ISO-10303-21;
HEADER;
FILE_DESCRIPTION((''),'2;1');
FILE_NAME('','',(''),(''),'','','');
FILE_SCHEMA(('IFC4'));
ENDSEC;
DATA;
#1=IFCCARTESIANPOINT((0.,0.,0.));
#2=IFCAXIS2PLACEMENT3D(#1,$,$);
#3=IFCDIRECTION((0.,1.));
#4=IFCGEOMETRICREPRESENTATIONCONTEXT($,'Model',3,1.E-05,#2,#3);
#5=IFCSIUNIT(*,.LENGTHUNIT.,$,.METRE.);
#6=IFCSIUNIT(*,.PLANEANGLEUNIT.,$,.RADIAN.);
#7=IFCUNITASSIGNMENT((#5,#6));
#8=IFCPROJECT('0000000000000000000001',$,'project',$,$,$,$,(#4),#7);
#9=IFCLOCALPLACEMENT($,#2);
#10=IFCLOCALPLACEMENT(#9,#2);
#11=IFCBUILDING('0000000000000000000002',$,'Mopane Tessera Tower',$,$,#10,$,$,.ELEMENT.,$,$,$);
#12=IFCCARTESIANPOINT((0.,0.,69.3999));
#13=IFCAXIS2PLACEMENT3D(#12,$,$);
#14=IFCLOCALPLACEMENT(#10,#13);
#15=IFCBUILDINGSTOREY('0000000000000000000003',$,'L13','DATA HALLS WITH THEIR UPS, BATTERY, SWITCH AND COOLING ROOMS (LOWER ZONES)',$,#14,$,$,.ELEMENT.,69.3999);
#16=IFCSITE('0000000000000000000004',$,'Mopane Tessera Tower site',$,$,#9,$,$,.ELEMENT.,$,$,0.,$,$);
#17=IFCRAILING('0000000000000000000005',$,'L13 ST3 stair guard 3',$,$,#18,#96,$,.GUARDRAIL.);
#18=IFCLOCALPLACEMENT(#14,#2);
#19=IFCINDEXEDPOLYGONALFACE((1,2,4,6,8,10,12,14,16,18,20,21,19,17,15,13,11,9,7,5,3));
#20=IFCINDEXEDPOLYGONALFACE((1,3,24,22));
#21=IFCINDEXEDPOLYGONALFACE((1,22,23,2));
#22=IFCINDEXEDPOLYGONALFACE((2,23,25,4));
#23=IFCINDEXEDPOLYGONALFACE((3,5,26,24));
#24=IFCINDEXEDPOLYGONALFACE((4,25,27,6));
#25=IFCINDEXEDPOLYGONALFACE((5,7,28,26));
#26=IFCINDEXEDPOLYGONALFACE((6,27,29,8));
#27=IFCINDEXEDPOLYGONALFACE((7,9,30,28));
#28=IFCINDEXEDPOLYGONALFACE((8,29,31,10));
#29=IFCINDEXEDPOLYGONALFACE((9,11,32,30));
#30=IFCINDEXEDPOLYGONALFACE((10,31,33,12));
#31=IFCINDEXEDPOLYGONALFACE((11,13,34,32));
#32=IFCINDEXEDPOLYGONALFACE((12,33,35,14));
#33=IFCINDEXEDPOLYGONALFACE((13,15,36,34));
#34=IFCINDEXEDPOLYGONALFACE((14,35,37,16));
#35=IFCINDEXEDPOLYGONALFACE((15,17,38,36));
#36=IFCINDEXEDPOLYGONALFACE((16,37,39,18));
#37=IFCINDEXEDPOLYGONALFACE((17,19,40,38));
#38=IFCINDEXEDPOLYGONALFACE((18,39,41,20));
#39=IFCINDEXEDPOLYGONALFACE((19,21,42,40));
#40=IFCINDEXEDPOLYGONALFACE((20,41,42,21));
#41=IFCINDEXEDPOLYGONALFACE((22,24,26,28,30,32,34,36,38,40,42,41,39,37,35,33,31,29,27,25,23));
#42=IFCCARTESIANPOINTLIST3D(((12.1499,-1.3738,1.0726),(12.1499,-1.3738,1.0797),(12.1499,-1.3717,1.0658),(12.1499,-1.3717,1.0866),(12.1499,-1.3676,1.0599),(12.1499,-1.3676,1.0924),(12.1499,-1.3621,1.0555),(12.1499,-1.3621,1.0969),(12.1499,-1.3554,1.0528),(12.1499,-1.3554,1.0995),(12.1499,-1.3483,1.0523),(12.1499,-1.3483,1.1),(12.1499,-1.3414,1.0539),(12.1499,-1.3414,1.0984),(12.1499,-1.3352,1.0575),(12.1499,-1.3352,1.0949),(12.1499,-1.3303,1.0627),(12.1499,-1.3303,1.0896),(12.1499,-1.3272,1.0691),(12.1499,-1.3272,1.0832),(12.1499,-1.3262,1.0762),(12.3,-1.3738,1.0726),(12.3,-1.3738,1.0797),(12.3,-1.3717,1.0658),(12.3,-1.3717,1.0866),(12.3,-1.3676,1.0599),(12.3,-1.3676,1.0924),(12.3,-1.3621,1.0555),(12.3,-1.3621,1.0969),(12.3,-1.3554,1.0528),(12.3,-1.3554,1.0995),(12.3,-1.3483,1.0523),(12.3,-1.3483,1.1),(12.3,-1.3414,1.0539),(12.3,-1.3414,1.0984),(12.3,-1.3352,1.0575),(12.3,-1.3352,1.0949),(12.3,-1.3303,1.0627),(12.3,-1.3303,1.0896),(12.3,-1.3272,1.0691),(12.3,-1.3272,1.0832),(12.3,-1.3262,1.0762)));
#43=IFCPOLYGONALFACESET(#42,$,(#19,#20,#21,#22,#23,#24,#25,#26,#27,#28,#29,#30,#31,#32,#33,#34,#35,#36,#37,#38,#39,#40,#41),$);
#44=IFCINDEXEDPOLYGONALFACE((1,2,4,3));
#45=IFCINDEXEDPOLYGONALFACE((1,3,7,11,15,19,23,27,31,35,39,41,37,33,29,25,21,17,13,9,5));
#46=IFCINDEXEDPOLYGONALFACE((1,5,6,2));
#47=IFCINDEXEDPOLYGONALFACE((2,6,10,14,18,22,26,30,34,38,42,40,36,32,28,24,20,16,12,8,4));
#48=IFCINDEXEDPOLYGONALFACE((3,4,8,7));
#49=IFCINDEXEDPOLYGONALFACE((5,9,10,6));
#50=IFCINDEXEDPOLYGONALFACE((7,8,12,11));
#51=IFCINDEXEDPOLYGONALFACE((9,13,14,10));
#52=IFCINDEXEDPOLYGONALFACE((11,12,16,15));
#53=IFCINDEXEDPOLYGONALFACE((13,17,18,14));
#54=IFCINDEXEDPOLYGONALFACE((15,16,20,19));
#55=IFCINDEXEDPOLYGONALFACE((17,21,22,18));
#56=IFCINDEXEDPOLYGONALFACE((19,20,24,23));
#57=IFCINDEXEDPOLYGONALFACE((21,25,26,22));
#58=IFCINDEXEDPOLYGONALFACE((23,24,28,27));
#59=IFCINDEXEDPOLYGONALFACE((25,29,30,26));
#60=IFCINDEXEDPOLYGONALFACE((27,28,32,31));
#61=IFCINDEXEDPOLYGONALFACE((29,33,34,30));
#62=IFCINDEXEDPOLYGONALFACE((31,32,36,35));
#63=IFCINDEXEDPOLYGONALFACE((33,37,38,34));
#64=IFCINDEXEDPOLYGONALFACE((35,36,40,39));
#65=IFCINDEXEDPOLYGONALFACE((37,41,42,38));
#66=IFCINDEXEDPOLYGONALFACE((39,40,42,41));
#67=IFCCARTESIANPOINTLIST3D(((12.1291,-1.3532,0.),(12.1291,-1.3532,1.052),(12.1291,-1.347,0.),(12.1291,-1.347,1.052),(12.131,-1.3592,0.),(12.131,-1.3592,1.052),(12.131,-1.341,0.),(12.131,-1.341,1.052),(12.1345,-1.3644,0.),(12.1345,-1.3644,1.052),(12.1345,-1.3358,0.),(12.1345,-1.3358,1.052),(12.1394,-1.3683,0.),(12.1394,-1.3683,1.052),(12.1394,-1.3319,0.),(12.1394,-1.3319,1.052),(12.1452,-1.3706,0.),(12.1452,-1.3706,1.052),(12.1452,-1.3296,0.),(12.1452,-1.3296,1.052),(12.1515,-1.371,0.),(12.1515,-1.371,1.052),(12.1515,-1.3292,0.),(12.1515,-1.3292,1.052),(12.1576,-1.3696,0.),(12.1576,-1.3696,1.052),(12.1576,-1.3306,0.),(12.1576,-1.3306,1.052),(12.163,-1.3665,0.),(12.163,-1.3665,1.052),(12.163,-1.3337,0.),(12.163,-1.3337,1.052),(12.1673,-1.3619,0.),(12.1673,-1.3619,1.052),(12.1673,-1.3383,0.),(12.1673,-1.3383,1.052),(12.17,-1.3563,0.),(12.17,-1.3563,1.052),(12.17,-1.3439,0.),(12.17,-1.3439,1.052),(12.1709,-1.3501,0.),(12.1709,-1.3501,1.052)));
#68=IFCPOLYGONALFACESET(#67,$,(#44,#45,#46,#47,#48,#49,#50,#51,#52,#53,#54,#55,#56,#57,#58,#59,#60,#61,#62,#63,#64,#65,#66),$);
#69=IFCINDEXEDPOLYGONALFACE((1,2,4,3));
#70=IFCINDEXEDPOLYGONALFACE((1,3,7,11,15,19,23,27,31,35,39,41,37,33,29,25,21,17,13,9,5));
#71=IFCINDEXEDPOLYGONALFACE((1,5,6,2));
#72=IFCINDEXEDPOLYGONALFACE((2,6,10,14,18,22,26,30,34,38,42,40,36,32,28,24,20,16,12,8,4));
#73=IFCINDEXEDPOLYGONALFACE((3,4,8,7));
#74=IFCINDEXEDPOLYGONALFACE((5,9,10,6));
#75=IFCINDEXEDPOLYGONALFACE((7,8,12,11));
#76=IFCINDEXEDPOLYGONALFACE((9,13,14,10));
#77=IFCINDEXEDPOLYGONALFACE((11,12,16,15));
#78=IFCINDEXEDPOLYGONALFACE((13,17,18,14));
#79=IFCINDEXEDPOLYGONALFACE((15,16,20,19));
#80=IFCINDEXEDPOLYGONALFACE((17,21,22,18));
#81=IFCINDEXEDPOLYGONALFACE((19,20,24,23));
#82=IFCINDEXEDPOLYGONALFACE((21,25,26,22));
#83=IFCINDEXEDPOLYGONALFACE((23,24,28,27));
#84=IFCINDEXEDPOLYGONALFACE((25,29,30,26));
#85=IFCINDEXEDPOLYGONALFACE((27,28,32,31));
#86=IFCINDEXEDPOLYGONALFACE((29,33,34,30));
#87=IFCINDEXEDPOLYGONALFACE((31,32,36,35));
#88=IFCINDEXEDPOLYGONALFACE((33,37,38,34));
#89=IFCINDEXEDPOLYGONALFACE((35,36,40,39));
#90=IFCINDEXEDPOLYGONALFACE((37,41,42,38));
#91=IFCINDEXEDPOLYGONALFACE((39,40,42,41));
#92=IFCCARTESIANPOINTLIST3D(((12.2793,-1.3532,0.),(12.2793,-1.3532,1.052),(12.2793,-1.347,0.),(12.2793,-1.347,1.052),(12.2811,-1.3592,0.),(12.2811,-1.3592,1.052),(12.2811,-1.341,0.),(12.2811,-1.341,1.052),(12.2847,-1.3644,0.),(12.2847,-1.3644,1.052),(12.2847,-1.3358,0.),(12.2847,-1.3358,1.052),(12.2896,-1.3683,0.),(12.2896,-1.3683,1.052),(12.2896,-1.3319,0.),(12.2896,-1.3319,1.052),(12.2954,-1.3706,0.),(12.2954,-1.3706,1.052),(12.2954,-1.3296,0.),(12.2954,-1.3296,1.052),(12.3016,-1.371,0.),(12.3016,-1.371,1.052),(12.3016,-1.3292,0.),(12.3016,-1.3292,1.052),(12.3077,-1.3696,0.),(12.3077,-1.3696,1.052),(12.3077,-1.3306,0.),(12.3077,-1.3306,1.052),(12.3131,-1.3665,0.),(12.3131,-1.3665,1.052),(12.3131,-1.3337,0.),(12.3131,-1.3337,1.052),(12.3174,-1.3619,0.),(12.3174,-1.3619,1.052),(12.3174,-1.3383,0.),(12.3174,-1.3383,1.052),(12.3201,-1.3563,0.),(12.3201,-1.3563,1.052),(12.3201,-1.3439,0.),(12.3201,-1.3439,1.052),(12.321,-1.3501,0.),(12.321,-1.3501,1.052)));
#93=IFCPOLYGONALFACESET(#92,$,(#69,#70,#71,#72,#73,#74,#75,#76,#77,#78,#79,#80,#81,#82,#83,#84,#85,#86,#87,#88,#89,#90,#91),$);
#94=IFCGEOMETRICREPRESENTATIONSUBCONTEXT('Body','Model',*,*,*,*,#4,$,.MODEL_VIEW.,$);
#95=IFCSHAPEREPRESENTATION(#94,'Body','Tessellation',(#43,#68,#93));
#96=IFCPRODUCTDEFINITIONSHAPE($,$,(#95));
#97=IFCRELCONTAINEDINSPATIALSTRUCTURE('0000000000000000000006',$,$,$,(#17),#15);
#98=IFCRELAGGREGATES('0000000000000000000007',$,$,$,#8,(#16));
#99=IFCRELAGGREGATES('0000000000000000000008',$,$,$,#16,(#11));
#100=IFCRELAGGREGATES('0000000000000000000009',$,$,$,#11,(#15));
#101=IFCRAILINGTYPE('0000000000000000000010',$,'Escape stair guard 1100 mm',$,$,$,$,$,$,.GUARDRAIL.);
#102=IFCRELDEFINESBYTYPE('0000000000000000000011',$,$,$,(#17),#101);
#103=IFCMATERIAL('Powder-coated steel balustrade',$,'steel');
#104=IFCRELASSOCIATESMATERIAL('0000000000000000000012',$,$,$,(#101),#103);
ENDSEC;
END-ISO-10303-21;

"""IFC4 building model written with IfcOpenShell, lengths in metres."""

from ifc_helpers import new_model, si_unit, direction, frame, origin, origin_2d, place, context, subcontext, project, spatial, circle, extrude, material, type_object, element, save


model = new_model("IFC4")

# Units and contexts
model_context = context("Model", 3, precision=1e-05, world=origin(), true_north=direction((0.0, 1.0)))
body_context = subcontext(model_context, "Body", "Model", "MODEL_VIEW")
ifc_project = project(units=[si_unit("LENGTHUNIT", "METRE"), si_unit("PLANEANGLEUNIT", "RADIAN")], contexts=[model_context])

# Site, building, storey
site_placement = place(None, origin())
site = spatial("IfcSite", under=ifc_project, at=site_placement, Name="Mopane Tessera Tower site", CompositionType="ELEMENT", RefElevation=0.0)
building_placement = place(site_placement, origin())
building = spatial("IfcBuilding", under=site, at=building_placement, Name="Mopane Tessera Tower", CompositionType="ELEMENT")
storey_placement = place(building_placement, frame((0.0, 0.0, 69.3999)))
storey = spatial("IfcBuildingStorey", under=building, at=storey_placement, Name="L13", Description="DATA HALLS WITH THEIR UPS, BATTERY, SWITCH AND COOLING ROOMS (LOWER ZONES)", CompositionType="ELEMENT", Elevation=69.3999)

# Railing
ifc_material_1 = material(Name="Powder-coated steel balustrade", Category="steel")
railing_type_1 = type_object("IfcRailingType", Name="Escape stair guard 1100 mm", PredefinedType="GUARDRAIL", material=ifc_material_1)
railing_1_placement = place(storey_placement, frame((12.1499, -1.3501, 0.0)))
element("IfcRailing", 1, at=railing_1_placement, inside=storey, type_object=railing_type_1, Name="L13 ST3 stair guard 3", PredefinedType="GUARDRAIL", context=body_context, shape_type="SweptSolid", body=[
    extrude(circle(Radius=0.0239, at=origin_2d()), frame((0.0, 0.0, 1.0762), z_axis=(1.0, 0.0, 0.0), x_axis=(0.0, 1.0, 0.0)), (0.0, 0.0, 1.0), 0.1501),
    extrude(circle(Radius=0.021, at=origin_2d()), origin(), (0.0, 0.0, 1.0), 1.052),
    extrude(circle(Radius=0.021, at=origin_2d()), frame((0.1501, 0.0, 0.0)), (0.0, 0.0, 1.0), 1.052),
])

save(model, "model.ifc")
